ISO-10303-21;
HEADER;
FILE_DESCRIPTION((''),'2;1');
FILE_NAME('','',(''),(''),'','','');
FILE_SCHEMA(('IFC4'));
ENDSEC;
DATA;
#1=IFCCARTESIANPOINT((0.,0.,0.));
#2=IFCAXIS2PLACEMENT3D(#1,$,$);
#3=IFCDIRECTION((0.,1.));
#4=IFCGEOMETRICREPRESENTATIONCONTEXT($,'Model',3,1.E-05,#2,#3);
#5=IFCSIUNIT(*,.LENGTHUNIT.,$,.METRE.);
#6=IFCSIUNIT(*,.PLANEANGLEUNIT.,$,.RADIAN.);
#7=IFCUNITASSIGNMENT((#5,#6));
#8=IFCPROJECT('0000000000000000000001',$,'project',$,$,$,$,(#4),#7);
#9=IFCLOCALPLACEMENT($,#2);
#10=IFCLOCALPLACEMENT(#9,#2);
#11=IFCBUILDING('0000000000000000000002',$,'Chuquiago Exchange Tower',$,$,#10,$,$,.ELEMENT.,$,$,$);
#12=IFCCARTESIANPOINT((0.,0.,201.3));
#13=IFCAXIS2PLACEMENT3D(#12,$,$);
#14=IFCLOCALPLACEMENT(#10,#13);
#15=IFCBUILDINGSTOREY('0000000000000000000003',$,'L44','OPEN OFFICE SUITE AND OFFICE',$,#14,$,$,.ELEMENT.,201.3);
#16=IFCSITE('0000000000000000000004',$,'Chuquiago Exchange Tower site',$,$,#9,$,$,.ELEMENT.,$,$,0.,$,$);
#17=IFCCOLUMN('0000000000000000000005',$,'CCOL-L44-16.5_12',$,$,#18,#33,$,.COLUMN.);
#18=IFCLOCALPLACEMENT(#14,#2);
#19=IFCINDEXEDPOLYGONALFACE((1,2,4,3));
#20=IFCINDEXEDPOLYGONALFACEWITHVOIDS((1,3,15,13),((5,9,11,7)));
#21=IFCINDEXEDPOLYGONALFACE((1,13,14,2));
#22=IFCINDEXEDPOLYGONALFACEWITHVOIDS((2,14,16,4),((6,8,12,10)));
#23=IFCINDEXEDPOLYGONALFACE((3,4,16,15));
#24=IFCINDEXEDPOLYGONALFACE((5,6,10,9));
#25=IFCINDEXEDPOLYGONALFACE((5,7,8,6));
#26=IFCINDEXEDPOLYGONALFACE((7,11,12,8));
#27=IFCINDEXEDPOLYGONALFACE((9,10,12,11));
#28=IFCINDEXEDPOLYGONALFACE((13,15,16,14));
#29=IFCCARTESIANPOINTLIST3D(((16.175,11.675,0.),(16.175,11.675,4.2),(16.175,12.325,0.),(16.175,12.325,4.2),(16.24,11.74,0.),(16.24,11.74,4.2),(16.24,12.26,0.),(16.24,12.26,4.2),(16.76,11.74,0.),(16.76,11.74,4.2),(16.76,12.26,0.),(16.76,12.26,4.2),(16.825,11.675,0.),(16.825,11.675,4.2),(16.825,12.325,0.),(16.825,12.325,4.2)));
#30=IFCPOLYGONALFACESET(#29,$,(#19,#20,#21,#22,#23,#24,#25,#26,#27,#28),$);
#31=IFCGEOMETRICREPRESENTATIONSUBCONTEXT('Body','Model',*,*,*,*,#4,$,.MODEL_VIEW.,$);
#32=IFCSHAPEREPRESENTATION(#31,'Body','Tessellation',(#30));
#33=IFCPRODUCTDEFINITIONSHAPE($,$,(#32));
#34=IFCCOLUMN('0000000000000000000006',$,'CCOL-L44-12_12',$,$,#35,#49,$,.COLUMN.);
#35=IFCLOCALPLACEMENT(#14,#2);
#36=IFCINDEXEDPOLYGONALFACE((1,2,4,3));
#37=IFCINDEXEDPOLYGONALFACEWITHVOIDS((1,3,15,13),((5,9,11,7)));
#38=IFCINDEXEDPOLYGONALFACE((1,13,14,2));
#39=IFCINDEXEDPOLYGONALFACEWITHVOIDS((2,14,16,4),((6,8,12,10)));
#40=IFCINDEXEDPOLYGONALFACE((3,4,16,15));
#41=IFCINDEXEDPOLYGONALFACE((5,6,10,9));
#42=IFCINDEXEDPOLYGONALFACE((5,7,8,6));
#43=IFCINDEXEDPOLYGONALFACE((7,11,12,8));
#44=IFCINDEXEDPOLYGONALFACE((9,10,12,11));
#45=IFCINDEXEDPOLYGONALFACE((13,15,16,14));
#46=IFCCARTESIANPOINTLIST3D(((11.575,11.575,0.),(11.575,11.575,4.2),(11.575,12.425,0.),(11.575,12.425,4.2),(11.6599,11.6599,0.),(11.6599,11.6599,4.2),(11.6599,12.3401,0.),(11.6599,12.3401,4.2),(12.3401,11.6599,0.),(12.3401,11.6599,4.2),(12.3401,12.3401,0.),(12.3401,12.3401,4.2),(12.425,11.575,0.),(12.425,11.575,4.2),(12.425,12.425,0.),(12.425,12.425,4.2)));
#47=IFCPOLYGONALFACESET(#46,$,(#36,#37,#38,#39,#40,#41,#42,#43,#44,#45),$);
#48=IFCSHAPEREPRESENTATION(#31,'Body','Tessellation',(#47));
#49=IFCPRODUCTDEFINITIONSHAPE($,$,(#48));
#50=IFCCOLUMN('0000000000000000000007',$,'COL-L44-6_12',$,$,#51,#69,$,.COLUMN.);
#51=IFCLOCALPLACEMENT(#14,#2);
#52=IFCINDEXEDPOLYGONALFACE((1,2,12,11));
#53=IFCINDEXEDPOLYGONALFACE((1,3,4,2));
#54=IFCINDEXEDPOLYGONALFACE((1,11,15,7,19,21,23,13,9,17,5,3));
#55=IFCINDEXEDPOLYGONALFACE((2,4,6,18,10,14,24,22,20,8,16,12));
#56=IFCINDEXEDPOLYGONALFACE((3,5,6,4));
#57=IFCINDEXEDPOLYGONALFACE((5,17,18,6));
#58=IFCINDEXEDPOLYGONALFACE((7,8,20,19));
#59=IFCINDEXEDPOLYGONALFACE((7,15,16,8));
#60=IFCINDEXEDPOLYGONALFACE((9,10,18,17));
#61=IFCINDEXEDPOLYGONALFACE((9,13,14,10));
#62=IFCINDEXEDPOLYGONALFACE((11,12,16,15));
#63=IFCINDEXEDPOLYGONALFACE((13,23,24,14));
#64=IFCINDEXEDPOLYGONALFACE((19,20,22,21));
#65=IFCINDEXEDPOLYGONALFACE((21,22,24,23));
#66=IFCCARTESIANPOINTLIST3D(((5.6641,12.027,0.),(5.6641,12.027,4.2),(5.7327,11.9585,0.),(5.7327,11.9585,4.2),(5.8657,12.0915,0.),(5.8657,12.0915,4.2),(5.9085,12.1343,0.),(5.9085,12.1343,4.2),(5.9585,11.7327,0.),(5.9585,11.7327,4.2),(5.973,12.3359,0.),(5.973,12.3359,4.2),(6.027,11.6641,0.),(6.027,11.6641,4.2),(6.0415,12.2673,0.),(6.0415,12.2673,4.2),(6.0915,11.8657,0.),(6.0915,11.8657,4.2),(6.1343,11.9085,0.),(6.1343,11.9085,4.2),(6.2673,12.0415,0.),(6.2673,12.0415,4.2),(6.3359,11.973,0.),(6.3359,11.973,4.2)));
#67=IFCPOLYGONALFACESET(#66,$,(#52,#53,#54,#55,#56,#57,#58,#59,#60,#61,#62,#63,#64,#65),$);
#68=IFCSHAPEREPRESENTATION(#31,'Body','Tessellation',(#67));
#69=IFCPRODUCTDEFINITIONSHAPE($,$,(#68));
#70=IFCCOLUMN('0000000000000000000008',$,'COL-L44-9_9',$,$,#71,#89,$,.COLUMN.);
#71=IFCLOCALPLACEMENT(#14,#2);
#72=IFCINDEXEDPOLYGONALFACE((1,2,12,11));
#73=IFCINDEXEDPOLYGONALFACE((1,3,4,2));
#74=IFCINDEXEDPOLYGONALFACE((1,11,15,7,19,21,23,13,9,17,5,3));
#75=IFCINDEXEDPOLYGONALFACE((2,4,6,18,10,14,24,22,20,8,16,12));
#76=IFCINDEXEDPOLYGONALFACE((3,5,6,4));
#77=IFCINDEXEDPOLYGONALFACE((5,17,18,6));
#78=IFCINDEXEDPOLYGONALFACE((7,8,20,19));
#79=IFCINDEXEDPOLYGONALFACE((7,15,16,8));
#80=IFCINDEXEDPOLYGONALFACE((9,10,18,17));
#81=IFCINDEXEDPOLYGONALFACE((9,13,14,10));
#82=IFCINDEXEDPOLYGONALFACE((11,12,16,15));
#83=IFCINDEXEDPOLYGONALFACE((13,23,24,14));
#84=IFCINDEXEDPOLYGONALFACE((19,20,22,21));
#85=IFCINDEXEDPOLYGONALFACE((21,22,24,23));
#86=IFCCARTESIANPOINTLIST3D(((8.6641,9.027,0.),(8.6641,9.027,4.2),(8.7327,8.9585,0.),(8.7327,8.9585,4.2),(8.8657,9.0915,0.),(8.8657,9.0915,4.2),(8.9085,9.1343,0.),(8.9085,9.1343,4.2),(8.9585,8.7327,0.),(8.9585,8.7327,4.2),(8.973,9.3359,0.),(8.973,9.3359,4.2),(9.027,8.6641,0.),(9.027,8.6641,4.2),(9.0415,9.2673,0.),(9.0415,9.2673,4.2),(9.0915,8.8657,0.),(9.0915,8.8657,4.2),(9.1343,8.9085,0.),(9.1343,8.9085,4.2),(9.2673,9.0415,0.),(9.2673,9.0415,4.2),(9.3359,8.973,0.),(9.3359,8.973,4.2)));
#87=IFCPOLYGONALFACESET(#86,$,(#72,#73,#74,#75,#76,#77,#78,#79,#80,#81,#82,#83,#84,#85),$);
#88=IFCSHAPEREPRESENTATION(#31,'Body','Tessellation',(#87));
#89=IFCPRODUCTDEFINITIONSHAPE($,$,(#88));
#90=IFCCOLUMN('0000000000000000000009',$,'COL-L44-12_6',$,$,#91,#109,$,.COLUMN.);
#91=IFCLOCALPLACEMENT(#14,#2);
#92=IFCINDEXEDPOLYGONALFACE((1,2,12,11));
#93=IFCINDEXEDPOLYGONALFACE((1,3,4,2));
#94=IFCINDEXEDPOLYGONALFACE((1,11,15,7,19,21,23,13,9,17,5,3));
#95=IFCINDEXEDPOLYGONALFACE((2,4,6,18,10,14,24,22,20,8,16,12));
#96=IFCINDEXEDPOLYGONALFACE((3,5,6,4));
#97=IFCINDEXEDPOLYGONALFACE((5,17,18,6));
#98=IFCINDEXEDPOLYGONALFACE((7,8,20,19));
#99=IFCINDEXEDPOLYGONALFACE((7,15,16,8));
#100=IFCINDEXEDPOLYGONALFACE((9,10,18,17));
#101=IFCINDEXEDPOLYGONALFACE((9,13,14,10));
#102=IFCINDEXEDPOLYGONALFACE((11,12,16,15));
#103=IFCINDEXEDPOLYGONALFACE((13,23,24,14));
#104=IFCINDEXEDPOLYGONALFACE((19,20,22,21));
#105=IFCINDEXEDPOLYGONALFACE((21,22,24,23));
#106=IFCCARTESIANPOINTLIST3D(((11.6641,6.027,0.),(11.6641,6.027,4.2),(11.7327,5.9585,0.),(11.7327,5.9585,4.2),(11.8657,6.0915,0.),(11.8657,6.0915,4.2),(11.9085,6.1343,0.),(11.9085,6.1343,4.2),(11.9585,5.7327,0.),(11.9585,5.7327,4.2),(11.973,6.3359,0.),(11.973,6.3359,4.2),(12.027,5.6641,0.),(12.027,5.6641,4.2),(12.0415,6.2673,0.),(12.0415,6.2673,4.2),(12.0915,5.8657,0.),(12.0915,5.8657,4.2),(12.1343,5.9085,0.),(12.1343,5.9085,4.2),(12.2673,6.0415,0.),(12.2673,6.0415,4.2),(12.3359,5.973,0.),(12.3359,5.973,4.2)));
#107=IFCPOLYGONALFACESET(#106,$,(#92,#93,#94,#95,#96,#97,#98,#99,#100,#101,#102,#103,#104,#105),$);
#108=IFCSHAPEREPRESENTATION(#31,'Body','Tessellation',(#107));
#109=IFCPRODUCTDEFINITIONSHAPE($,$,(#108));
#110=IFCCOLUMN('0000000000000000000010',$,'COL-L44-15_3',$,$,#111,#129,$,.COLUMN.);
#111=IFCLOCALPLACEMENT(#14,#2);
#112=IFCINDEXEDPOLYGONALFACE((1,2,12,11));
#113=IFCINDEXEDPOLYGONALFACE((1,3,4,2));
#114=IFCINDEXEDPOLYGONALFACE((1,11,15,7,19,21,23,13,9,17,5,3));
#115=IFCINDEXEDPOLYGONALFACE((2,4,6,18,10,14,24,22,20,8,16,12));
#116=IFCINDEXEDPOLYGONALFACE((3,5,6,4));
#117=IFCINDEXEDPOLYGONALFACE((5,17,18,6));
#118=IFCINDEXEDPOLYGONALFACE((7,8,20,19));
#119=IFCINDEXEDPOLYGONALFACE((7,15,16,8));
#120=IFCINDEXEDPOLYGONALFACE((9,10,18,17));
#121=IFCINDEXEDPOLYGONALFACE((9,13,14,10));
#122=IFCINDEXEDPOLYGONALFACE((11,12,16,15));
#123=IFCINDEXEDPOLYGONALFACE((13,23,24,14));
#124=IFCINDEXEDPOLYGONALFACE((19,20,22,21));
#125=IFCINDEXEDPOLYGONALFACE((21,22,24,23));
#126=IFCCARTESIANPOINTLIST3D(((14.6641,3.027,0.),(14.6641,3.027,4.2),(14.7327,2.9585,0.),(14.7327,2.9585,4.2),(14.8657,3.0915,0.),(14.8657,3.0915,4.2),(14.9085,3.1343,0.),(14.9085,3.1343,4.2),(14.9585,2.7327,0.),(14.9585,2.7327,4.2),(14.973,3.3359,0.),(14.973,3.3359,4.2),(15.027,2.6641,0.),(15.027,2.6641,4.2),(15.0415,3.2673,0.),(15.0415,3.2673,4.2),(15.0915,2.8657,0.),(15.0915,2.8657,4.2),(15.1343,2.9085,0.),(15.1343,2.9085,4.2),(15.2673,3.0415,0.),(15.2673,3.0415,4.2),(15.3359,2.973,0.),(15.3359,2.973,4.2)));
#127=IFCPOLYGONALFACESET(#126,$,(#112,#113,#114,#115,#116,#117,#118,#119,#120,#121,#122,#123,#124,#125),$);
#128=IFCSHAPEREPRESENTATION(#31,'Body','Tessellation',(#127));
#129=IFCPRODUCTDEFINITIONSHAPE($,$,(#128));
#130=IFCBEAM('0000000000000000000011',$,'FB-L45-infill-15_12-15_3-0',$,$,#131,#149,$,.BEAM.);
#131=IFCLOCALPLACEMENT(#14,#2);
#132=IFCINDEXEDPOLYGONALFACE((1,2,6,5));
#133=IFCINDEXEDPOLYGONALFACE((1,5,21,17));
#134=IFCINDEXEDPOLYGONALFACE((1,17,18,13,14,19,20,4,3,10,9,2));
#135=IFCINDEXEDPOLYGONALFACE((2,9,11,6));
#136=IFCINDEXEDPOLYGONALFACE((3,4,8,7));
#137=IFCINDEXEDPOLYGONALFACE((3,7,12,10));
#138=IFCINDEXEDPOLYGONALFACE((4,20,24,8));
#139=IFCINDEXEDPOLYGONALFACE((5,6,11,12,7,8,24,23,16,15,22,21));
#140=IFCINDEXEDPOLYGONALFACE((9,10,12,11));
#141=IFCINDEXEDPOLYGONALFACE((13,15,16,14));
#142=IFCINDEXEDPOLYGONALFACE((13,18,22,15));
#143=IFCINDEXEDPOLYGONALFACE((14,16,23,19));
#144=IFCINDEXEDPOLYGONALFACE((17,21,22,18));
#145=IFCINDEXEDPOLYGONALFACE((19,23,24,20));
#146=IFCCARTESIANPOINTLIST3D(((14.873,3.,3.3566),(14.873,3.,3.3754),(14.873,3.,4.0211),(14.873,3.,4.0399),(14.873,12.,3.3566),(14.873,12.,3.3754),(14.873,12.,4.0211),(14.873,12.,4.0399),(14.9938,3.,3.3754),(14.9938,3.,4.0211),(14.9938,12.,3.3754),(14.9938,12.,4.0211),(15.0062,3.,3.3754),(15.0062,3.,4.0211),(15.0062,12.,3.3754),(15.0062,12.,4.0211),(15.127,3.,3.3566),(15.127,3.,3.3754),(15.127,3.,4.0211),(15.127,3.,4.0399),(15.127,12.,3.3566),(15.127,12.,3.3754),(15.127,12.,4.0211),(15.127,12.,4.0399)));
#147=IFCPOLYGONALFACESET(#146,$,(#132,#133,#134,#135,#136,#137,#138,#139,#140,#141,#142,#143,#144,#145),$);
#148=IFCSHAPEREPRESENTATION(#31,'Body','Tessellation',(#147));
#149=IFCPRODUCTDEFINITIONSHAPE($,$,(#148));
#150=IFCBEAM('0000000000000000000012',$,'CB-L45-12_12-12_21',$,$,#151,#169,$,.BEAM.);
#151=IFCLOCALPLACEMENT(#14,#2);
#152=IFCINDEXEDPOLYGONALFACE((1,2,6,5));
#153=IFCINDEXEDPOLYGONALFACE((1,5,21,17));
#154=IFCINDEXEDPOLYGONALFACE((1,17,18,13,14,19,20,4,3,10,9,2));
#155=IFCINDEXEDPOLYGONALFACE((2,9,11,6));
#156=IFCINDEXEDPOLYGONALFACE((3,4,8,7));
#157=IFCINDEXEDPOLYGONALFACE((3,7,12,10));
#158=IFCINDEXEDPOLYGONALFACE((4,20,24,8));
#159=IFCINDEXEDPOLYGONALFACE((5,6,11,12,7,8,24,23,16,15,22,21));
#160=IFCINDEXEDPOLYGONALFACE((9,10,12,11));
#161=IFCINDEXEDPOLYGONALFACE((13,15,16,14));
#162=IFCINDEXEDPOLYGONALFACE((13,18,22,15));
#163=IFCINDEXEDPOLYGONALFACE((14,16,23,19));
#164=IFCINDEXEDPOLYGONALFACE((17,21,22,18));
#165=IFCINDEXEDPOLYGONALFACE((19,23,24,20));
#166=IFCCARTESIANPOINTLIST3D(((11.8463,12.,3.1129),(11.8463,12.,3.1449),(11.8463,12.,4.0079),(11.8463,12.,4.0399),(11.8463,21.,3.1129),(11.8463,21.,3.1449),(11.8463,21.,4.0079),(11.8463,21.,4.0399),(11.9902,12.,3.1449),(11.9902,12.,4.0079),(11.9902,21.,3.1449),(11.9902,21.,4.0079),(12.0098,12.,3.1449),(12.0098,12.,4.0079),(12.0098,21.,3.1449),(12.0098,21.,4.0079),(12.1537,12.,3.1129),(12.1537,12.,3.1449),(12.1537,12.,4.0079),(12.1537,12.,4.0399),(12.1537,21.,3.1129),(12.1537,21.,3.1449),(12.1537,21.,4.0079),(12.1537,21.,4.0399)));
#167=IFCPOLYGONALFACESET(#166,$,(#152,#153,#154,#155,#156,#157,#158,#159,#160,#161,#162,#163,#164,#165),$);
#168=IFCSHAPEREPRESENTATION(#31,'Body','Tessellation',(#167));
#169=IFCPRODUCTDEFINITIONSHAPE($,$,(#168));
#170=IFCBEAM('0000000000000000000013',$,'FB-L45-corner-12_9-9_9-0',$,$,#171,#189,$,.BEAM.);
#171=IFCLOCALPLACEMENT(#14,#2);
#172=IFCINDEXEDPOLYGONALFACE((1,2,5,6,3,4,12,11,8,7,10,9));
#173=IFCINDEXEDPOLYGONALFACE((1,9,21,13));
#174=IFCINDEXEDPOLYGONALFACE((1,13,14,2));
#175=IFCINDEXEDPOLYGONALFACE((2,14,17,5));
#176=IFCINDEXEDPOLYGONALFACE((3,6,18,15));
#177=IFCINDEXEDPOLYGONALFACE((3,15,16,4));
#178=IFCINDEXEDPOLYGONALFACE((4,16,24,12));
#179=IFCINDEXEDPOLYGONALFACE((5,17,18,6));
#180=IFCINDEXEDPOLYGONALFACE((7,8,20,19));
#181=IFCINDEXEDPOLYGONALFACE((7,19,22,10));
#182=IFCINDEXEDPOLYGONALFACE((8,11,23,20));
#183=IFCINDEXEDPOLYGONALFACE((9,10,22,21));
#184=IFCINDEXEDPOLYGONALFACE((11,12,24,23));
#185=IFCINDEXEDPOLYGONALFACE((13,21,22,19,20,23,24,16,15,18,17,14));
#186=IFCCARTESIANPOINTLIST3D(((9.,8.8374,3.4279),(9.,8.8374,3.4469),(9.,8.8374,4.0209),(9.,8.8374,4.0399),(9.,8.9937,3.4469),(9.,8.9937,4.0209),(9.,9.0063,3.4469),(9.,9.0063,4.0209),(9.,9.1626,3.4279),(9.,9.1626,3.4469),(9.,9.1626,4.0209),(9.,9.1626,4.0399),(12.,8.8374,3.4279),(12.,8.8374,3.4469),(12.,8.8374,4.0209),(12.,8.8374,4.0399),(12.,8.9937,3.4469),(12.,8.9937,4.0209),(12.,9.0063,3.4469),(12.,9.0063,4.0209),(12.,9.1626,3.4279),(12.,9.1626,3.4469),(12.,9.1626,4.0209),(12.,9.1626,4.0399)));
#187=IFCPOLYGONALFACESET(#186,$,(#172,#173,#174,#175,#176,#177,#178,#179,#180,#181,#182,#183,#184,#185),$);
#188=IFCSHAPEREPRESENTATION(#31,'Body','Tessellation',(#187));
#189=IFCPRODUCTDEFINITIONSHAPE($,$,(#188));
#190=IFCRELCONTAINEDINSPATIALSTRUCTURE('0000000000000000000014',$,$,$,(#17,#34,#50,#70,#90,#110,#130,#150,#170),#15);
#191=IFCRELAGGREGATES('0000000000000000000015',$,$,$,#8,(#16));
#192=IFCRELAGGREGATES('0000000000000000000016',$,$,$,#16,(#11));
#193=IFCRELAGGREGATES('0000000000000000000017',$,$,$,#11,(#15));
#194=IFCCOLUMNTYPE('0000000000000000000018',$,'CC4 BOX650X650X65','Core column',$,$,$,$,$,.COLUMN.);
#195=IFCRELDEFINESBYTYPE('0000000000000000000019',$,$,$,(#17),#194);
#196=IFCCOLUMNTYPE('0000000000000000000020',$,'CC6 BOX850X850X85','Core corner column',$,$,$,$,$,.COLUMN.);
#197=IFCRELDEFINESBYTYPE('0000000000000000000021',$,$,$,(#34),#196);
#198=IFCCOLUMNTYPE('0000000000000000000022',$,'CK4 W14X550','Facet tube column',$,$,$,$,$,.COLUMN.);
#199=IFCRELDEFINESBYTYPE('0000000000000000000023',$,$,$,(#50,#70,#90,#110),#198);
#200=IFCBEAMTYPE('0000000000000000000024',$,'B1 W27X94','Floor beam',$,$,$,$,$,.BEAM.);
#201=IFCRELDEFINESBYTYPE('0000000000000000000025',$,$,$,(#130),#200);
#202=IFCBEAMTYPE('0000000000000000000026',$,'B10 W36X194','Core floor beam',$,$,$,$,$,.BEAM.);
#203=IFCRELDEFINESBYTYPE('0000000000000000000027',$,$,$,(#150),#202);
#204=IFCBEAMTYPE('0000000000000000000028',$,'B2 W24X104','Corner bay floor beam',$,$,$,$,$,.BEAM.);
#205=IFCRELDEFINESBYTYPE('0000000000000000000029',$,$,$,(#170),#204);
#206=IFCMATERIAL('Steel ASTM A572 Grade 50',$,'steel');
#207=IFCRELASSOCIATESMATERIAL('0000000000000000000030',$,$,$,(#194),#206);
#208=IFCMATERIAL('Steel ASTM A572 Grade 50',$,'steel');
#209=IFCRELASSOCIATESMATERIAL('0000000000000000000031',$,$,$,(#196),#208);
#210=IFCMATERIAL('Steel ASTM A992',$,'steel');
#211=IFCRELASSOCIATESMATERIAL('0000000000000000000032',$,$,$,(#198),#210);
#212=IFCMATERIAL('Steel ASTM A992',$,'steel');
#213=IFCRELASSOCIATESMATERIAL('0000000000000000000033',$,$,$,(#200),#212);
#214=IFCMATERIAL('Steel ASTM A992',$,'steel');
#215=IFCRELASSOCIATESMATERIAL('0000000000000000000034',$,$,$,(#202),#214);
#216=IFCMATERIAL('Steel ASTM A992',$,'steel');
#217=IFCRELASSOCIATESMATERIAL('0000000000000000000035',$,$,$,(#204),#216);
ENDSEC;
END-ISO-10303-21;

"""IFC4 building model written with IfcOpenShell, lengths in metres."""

from ifc_helpers import new_model, si_unit, direction, frame, origin, origin_2d, place, context, subcontext, project, spatial, hollow_rectangle, i_section, extrude, material, material_profile, profile_set, type_object, element, save


model = new_model("IFC4")

# Units and contexts
model_context = context("Model", 3, precision=1e-05, world=origin(), true_north=direction((0.0, 1.0)))
body_context = subcontext(model_context, "Body", "Model", "MODEL_VIEW")
ifc_project = project(units=[si_unit("LENGTHUNIT", "METRE"), si_unit("PLANEANGLEUNIT", "RADIAN")], contexts=[model_context])

# Site, building, storey
site_placement = place(None, origin())
site = spatial("IfcSite", under=ifc_project, at=site_placement, Name="Chuquiago Exchange Tower site", CompositionType="ELEMENT", RefElevation=0.0)
building_placement = place(site_placement, origin())
building = spatial("IfcBuilding", under=site, at=building_placement, Name="Chuquiago Exchange Tower", CompositionType="ELEMENT")
storey_placement = place(building_placement, frame((0.0, 0.0, 201.3)))
storey = spatial("IfcBuildingStorey", under=building, at=storey_placement, Name="L44", Description="OPEN OFFICE SUITE AND OFFICE", CompositionType="ELEMENT", Elevation=201.3)

# Columns
ifc_material_1 = material(Name="Steel ASTM A572 Grade 50", Category="steel")
ifc_material_profile_1 = material_profile(ifc_material_1, hollow_rectangle(XDim=0.6499, YDim=0.6499, WallThickness=0.0649, at=origin_2d()), Name="BOX650X650X65")
ifc_profile_set_1 = profile_set([ifc_material_profile_1], Name="Steel ASTM A572 Grade 50")
column_type_1 = type_object("IfcColumnType", Name="CC4 BOX650X650X65", Description="Core column", PredefinedType="COLUMN", material=ifc_profile_set_1)
column_1_placement = place(storey_placement, frame((16.5, 12.0, 0.0), z_axis=(0.0, 0.0, 1.0), x_axis=(1.0, 0.0, 0.0)))
element("IfcColumn", 1, at=column_1_placement, inside=storey, type_object=column_type_1, Name="CCOL-L44-16.5_12", PredefinedType="COLUMN", context=body_context, shape_type="SweptSolid", body=[
    extrude(hollow_rectangle(XDim=0.6499, YDim=0.6499, WallThickness=0.0649, at=origin_2d()), origin(), (0.0, 0.0, 1.0), 4.2),
])
ifc_material_2 = material(Name="Steel ASTM A572 Grade 50", Category="steel")
ifc_material_profile_2 = material_profile(ifc_material_2, hollow_rectangle(XDim=0.8501, YDim=0.8501, WallThickness=0.085, at=origin_2d()), Name="BOX850X850X85")
ifc_profile_set_2 = profile_set([ifc_material_profile_2], Name="Steel ASTM A572 Grade 50")
column_type_2 = type_object("IfcColumnType", Name="CC6 BOX850X850X85", Description="Core corner column", PredefinedType="COLUMN", material=ifc_profile_set_2)
column_2_placement = place(storey_placement, frame((12.0, 12.0, 0.0), z_axis=(0.0, 0.0, 1.0), x_axis=(1.0, 0.0, 0.0)))
element("IfcColumn", 2, at=column_2_placement, inside=storey, type_object=column_type_2, Name="CCOL-L44-12_12", PredefinedType="COLUMN", context=body_context, shape_type="SweptSolid", body=[
    extrude(hollow_rectangle(XDim=0.8501, YDim=0.8501, WallThickness=0.085, at=origin_2d()), origin(), (0.0, 0.0, 1.0), 4.2),
])
ifc_material_3 = material(Name="Steel ASTM A992", Category="steel")
ifc_material_profile_3 = material_profile(ifc_material_3, i_section(OverallWidth=0.4368, OverallDepth=0.5132, WebThickness=0.0605, FlangeThickness=0.0969, at=origin_2d()), Name="W14X550")
ifc_profile_set_3 = profile_set([ifc_material_profile_3], Name="Steel ASTM A992")
column_type_3 = type_object("IfcColumnType", Name="CK4 W14X550", Description="Facet tube column", PredefinedType="COLUMN", material=ifc_profile_set_3)
for number, where, z_axis, x_axis, name in (
    (3, (6.0, 12.0, 0.0), (0.0, 0.0, 1.0), (-0.707107, -0.707107, 0.0), "COL-L44-6_12"),
    (4, (9.0, 9.0, 0.0), (0.0, 0.0, 1.0), (-0.707107, -0.707107, 0.0), "COL-L44-9_9"),
    (5, (12.0, 6.0, 0.0), (0.0, 0.0, 1.0), (-0.707107, -0.707107, 0.0), "COL-L44-12_6"),
    (6, (15.0, 3.0, 0.0), (0.0, 0.0, 1.0), (-0.707107, -0.707107, 0.0), "COL-L44-15_3"),
):
    element("IfcColumn", number, at=place(storey_placement, frame(where, z_axis=z_axis, x_axis=x_axis)), inside=storey, type_object=column_type_3, Name=name, PredefinedType="COLUMN", context=body_context, shape_type="SweptSolid", body=[
        extrude(i_section(OverallWidth=0.4368, OverallDepth=0.5132, WebThickness=0.0605, FlangeThickness=0.0969, at=origin_2d()), origin(), (0.0, 0.0, 1.0), 4.2),
    ])

# Beams
ifc_material_4 = material(Name="Steel ASTM A992", Category="steel")
ifc_material_profile_4 = material_profile(ifc_material_4, i_section(OverallWidth=0.2539, OverallDepth=0.6833, WebThickness=0.0125, FlangeThickness=0.0188, at=origin_2d()), Name="W27X94")
ifc_profile_set_4 = profile_set([ifc_material_profile_4], Name="Steel ASTM A992")
beam_type_1 = type_object("IfcBeamType", Name="B1 W27X94", Description="Floor beam", PredefinedType="BEAM", material=ifc_profile_set_4)
beam_1_placement = place(storey_placement, frame((15.0, 12.0, 3.6982), z_axis=(0.0, -1.0, 0.0), x_axis=(1.0, 0.0, 0.0)))
element("IfcBeam", 7, at=beam_1_placement, inside=storey, type_object=beam_type_1, Name="FB-L45-infill-15_12-15_3-0", PredefinedType="BEAM", context=body_context, shape_type="SweptSolid", body=[
    extrude(i_section(OverallWidth=0.2539, OverallDepth=0.6833, WebThickness=0.0125, FlangeThickness=0.0188, at=origin_2d()), origin(), (0.0, 0.0, 1.0), 9.0),
])
ifc_material_5 = material(Name="Steel ASTM A992", Category="steel")
ifc_material_profile_5 = material_profile(ifc_material_5, i_section(OverallWidth=0.3074, OverallDepth=0.927, WebThickness=0.0195, FlangeThickness=0.032, at=origin_2d()), Name="W36X194")
ifc_profile_set_5 = profile_set([ifc_material_profile_5], Name="Steel ASTM A992")
beam_type_2 = type_object("IfcBeamType", Name="B10 W36X194", Description="Core floor beam", PredefinedType="BEAM", material=ifc_profile_set_5)
beam_2_placement = place(storey_placement, frame((12.0, 12.0, 3.5764), z_axis=(0.0, 1.0, 0.0), x_axis=(-1.0, 0.0, 0.0)))
element("IfcBeam", 8, at=beam_2_placement, inside=storey, type_object=beam_type_2, Name="CB-L45-12_12-12_21", PredefinedType="BEAM", context=body_context, shape_type="SweptSolid", body=[
    extrude(i_section(OverallWidth=0.3074, OverallDepth=0.927, WebThickness=0.0195, FlangeThickness=0.032, at=origin_2d()), origin(), (0.0, 0.0, 1.0), 9.0),
])
ifc_material_6 = material(Name="Steel ASTM A992", Category="steel")
ifc_material_profile_6 = material_profile(ifc_material_6, i_section(OverallWidth=0.3252, OverallDepth=0.6121, WebThickness=0.0127, FlangeThickness=0.019, at=origin_2d()), Name="W24X104")
ifc_profile_set_6 = profile_set([ifc_material_profile_6], Name="Steel ASTM A992")
beam_type_3 = type_object("IfcBeamType", Name="B2 W24X104", Description="Corner bay floor beam", PredefinedType="BEAM", material=ifc_profile_set_6)
beam_3_placement = place(storey_placement, frame((12.0, 9.0, 3.7339), z_axis=(-1.0, 0.0, 0.0), x_axis=(0.0, -1.0, 0.0)))
element("IfcBeam", 9, at=beam_3_placement, inside=storey, type_object=beam_type_3, Name="FB-L45-corner-12_9-9_9-0", PredefinedType="BEAM", context=body_context, shape_type="SweptSolid", body=[
    extrude(i_section(OverallWidth=0.3252, OverallDepth=0.6121, WebThickness=0.0127, FlangeThickness=0.019, at=origin_2d()), origin(), (0.0, 0.0, 1.0), 3.0),
])

save(model, "model.ifc")
